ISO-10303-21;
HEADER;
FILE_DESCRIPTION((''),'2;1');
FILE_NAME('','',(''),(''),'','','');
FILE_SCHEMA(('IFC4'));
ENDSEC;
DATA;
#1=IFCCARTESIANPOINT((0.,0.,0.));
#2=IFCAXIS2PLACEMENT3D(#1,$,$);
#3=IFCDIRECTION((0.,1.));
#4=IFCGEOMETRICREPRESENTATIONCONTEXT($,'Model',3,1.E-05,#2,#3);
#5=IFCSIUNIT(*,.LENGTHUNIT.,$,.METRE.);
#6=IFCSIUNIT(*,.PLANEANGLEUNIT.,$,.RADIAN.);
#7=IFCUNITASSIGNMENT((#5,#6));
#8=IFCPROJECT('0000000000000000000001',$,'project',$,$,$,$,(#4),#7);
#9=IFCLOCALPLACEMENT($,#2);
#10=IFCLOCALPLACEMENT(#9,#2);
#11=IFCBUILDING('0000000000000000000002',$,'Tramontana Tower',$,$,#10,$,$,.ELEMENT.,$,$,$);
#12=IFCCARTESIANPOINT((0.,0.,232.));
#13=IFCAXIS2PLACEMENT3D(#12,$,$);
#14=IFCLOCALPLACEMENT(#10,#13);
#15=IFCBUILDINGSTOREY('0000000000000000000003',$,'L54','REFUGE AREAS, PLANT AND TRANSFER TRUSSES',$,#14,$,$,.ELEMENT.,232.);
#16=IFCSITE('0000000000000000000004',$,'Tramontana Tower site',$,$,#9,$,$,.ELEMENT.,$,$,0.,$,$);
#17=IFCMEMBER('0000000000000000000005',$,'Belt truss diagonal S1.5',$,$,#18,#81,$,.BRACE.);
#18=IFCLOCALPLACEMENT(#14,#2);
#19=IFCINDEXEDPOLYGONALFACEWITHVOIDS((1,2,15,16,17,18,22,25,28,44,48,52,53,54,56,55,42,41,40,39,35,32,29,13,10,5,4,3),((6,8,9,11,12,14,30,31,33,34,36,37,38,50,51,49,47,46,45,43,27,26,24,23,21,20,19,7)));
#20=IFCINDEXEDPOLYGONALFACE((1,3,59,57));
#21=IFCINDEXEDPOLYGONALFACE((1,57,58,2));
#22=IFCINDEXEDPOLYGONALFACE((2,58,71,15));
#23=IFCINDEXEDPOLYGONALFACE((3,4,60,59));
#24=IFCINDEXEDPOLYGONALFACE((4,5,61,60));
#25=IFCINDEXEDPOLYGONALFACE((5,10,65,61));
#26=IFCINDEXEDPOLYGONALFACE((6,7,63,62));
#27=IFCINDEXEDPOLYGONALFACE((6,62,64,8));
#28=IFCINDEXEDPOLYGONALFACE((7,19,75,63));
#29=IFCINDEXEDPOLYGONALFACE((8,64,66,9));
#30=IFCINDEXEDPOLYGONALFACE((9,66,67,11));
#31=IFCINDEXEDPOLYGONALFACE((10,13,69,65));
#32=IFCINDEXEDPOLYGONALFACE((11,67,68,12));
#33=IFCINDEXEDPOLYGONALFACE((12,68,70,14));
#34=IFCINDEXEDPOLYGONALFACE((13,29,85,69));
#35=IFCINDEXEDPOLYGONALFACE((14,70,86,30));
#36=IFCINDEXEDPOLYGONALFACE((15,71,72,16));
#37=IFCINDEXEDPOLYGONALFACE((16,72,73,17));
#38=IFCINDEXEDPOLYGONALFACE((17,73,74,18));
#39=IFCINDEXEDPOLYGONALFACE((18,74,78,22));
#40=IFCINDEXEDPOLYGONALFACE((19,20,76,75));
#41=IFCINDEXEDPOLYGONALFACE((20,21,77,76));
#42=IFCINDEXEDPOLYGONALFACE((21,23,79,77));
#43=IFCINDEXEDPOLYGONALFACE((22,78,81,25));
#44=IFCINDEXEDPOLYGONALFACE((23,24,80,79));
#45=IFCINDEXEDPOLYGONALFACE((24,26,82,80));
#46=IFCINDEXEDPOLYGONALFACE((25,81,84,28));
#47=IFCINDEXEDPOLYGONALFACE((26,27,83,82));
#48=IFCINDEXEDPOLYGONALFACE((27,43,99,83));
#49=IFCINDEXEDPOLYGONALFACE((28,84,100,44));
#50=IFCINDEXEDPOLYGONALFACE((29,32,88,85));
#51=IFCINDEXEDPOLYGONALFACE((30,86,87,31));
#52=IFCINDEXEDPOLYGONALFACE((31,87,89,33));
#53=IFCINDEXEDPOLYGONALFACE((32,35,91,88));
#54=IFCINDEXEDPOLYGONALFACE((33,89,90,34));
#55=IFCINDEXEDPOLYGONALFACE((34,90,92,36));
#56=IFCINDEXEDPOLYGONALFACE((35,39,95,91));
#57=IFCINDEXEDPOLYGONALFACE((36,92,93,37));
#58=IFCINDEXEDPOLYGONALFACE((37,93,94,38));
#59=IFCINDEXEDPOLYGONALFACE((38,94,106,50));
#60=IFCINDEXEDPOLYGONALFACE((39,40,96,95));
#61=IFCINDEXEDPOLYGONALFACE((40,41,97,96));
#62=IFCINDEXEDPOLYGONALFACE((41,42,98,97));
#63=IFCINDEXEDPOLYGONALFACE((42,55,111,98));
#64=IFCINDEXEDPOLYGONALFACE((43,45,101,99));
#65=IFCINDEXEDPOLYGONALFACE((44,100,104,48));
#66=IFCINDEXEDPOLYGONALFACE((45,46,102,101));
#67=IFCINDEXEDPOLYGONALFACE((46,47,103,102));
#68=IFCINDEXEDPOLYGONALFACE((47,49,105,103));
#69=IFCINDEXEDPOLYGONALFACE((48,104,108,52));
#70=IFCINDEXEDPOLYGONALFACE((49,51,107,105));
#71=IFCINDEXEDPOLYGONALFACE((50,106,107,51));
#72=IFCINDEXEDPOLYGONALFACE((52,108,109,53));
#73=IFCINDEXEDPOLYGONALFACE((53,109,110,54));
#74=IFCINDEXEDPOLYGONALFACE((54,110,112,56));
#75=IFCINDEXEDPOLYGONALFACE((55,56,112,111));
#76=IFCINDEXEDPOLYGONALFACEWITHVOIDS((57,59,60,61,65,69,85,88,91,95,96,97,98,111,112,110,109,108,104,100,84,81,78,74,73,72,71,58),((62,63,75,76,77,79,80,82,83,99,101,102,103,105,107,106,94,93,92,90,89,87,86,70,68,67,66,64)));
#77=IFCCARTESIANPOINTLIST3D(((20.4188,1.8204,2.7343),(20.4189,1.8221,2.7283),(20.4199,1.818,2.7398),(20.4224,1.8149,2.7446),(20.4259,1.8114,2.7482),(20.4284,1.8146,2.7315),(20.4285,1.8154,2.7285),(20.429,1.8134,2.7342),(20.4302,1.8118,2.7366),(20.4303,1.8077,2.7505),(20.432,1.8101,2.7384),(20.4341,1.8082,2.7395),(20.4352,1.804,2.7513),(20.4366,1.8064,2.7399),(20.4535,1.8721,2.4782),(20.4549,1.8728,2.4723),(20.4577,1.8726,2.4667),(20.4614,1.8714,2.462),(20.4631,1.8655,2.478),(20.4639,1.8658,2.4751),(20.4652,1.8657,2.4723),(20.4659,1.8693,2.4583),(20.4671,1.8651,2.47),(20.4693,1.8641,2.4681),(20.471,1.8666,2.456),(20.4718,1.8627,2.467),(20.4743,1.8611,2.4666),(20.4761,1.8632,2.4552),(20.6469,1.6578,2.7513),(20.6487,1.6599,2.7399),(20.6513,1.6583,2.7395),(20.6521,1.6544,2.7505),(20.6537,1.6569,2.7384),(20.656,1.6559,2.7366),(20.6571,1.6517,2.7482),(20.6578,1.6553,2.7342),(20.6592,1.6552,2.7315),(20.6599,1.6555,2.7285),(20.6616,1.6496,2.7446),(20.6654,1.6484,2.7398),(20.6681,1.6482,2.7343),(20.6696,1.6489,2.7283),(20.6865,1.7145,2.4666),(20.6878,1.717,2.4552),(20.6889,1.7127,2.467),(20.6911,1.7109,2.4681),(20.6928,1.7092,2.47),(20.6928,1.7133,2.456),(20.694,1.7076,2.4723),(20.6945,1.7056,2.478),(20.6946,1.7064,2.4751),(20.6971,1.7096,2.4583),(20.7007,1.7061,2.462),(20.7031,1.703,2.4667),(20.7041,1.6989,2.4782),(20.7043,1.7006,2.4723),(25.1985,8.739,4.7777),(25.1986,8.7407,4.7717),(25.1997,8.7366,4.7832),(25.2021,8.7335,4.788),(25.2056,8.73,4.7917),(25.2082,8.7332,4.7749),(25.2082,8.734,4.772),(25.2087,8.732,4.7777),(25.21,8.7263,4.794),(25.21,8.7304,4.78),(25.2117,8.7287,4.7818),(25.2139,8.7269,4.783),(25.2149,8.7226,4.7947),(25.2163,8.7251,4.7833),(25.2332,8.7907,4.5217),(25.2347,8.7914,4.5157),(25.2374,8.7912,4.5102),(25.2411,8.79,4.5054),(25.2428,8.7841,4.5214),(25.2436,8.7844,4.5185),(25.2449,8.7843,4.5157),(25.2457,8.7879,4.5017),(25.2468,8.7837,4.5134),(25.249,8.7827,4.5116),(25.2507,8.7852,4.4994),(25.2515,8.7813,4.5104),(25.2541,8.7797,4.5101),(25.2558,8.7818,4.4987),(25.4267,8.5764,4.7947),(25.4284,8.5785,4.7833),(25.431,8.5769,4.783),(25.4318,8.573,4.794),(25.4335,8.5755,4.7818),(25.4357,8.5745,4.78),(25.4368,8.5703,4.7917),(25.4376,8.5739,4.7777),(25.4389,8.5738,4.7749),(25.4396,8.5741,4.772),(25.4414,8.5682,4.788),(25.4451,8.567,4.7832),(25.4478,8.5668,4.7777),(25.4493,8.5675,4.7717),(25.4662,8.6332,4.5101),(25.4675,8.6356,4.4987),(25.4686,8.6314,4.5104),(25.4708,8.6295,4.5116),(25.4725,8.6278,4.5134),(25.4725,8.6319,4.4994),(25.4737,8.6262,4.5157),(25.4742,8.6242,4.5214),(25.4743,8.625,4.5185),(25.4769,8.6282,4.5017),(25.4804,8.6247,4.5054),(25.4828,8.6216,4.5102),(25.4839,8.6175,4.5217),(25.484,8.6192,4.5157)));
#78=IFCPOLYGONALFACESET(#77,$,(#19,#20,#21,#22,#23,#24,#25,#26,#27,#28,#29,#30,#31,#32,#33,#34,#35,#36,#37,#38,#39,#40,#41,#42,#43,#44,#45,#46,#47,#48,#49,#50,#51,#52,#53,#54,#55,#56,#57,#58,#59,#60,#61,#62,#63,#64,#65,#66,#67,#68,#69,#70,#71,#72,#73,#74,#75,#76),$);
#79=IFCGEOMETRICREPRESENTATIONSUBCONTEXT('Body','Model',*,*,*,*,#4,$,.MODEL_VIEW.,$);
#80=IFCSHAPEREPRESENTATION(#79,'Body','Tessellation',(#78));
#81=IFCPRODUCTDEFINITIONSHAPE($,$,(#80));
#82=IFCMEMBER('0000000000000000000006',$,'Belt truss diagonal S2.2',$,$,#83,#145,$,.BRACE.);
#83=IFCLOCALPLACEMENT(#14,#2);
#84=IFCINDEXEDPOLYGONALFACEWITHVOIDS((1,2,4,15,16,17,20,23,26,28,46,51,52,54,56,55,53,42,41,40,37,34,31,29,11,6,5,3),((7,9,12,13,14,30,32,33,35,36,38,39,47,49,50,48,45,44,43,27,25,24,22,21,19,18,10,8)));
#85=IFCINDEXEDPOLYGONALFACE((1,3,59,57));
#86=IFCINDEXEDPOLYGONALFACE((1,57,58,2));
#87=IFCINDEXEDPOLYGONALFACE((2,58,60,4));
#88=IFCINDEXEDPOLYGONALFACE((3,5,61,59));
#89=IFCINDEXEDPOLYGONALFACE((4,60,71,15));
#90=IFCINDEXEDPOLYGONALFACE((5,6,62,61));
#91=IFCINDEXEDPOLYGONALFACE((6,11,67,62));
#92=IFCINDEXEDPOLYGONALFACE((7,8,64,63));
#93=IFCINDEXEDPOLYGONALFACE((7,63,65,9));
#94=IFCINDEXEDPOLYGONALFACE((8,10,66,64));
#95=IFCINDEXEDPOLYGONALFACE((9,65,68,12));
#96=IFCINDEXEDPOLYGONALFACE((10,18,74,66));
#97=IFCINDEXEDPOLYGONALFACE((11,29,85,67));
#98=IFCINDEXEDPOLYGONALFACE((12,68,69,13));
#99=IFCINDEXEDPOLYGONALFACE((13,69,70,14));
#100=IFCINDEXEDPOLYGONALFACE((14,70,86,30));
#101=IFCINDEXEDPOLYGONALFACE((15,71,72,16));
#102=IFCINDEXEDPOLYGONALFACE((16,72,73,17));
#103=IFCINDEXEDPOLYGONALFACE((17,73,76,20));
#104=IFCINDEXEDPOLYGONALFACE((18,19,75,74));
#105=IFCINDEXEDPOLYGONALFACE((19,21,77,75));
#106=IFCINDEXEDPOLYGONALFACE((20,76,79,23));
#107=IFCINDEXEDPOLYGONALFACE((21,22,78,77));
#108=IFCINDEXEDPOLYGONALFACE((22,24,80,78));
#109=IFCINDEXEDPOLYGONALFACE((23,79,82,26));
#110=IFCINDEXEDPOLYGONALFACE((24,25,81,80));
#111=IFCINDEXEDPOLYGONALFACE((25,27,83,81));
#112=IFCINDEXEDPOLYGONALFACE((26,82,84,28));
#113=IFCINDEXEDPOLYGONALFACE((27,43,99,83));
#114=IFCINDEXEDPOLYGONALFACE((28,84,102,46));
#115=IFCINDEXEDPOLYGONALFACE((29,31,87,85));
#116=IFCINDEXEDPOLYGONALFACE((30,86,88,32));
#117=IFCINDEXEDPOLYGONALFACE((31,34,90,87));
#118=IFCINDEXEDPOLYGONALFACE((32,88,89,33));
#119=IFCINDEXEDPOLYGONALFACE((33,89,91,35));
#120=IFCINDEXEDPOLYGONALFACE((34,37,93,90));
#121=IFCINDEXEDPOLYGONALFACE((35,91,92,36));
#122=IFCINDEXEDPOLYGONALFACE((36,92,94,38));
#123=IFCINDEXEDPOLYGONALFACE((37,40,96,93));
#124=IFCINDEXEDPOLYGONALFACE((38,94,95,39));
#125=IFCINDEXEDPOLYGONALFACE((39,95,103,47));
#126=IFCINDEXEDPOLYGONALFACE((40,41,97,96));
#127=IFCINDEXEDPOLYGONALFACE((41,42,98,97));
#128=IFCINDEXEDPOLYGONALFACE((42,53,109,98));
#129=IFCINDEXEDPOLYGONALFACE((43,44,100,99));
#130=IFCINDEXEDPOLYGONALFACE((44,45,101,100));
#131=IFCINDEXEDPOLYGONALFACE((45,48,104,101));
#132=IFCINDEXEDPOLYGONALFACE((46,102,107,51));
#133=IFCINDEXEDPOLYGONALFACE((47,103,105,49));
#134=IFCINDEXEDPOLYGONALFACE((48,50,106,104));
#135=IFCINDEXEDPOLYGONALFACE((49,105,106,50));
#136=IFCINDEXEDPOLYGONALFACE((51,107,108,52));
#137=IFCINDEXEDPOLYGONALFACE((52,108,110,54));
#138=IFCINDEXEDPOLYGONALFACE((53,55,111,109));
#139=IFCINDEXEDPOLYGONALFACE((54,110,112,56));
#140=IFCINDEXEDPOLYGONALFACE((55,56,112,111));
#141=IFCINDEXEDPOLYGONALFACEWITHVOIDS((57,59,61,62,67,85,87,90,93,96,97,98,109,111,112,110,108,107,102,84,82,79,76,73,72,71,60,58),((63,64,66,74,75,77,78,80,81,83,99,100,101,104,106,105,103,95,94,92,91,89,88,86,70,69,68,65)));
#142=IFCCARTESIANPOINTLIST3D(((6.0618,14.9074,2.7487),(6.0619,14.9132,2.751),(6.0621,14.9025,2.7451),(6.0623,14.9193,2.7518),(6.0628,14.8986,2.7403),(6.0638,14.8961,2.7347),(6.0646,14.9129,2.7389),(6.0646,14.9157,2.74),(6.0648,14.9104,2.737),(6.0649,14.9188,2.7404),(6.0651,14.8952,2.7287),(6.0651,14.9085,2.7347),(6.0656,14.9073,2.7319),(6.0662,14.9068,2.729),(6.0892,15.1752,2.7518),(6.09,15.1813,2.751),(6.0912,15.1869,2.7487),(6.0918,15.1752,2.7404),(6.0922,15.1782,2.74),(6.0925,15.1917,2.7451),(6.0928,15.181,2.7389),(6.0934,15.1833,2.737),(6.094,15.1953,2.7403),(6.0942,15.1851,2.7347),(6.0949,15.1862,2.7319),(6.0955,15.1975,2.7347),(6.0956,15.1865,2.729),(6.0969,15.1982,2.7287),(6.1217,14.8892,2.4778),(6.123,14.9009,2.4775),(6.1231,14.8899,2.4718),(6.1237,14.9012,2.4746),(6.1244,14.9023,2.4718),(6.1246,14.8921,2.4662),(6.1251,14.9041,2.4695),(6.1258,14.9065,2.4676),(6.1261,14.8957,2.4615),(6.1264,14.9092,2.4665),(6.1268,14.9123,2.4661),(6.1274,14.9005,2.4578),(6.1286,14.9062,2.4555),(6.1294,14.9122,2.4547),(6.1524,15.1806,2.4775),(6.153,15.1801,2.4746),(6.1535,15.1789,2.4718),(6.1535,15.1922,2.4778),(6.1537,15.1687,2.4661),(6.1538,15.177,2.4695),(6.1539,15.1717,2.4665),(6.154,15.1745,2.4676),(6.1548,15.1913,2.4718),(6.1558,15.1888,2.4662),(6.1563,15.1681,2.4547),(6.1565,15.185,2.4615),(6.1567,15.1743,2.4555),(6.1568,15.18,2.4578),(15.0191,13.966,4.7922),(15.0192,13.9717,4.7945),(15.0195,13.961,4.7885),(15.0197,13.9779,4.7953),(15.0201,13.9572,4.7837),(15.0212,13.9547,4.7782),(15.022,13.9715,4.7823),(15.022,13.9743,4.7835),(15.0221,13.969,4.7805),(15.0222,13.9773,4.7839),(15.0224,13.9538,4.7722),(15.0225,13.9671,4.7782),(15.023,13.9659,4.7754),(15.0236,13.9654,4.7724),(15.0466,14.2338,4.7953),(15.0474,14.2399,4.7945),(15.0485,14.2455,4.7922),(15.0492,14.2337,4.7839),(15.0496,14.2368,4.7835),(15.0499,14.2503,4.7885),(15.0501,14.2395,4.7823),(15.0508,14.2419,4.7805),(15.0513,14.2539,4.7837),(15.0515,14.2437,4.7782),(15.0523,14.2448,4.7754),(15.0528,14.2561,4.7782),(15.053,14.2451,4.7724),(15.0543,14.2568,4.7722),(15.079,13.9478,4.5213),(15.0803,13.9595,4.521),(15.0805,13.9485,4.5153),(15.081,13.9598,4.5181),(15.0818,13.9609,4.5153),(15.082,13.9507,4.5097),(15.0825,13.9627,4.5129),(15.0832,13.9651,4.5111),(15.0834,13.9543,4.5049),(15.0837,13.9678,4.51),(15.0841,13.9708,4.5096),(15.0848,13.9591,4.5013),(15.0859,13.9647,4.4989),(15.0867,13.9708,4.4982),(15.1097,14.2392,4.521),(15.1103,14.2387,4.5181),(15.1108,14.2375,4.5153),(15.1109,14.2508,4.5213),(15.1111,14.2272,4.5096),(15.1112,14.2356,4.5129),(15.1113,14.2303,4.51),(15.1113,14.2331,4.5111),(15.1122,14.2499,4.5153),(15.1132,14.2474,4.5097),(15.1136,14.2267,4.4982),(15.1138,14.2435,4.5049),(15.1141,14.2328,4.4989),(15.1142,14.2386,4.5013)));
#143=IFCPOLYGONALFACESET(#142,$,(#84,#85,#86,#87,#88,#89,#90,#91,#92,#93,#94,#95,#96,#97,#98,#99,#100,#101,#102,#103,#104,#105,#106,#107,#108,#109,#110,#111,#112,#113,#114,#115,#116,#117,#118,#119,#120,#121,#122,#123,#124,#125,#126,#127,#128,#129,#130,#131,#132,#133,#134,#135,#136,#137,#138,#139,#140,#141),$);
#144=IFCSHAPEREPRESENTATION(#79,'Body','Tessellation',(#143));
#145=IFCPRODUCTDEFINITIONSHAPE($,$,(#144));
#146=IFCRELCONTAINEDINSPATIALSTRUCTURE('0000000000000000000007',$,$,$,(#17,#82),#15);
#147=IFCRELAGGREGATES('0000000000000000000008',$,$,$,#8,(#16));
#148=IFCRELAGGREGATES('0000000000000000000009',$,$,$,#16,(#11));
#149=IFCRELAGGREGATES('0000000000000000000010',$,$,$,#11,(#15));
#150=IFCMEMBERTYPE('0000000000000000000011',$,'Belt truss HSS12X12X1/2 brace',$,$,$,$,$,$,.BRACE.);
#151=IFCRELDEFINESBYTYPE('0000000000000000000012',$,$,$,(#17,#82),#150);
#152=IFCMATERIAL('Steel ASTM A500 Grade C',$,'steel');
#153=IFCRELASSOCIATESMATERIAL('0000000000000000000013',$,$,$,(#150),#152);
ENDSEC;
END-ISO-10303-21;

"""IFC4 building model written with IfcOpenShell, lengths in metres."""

from ifc_helpers import new_model, si_unit, direction, frame, origin, origin_2d, place, context, subcontext, project, spatial, hollow_rectangle, extrude, material, material_profile, profile_set, type_object, element, save


model = new_model("IFC4")

# Units and contexts
model_context = context("Model", 3, precision=1e-05, world=origin(), true_north=direction((0.0, 1.0)))
body_context = subcontext(model_context, "Body", "Model", "MODEL_VIEW")
ifc_project = project(units=[si_unit("LENGTHUNIT", "METRE"), si_unit("PLANEANGLEUNIT", "RADIAN")], contexts=[model_context])

# Site, building, storey
site_placement = place(None, origin())
site = spatial("IfcSite", under=ifc_project, at=site_placement, Name="Tramontana Tower site", CompositionType="ELEMENT", RefElevation=0.0)
building_placement = place(site_placement, origin())
building = spatial("IfcBuilding", under=site, at=building_placement, Name="Tramontana Tower", CompositionType="ELEMENT")
storey_placement = place(building_placement, frame((0.0, 0.0, 232.0)))
storey = spatial("IfcBuildingStorey", under=building, at=storey_placement, Name="L54", Description="REFUGE AREAS, PLANT AND TRANSFER TRUSSES", CompositionType="ELEMENT", Elevation=232.0)

# Members
ifc_material_1 = material(Name="Steel ASTM A500 Grade C", Category="steel")
ifc_material_profile_1 = material_profile(ifc_material_1, hollow_rectangle(XDim=0.3047, YDim=0.3047, WallThickness=0.0117, InnerFilletRadius=0.0117, OuterFilletRadius=0.0237, at=origin_2d()), Name="HSS12X12X1/2")
ifc_profile_set_1 = profile_set([ifc_material_profile_1], Name="Steel ASTM A500 Grade C")
member_type_1 = type_object("IfcMemberType", Name="Belt truss HSS12X12X1/2 brace", PredefinedType="BRACE", material=ifc_profile_set_1)
member_1_placement = place(storey_placement, frame((20.5615, 1.7605, 2.6033), z_axis=(0.552325, 0.799487, 0.236131), x_axis=(-0.822753, 0.568399, 0.0)))
element("IfcMember", 1, at=member_1_placement, inside=storey, type_object=member_type_1, Name="Belt truss diagonal S1.5", PredefinedType="BRACE", context=body_context, shape_type="SweptSolid", body=[
    extrude(hollow_rectangle(XDim=0.3047, YDim=0.3047, WallThickness=0.0117, InnerFilletRadius=0.0117, OuterFilletRadius=0.0237, at=origin_2d()), origin(), (0.0, 0.0, 1.0), 8.6538),
])
member_2_placement = place(storey_placement, frame((15.0667, 14.1023, 4.6467), z_axis=(-0.969873, 0.101933, -0.221261), x_axis=(-0.104524, -0.994522, 0.0)))
element("IfcMember", 2, at=member_2_placement, inside=storey, type_object=member_type_1, Name="Belt truss diagonal S2.2", PredefinedType="BRACE", context=body_context, shape_type="SweptSolid", body=[
    extrude(hollow_rectangle(XDim=0.3047, YDim=0.3047, WallThickness=0.0117, InnerFilletRadius=0.0117, OuterFilletRadius=0.0237, at=origin_2d()), origin(), (0.0, 0.0, 1.0), 9.2356),
])

save(model, "model.ifc")
